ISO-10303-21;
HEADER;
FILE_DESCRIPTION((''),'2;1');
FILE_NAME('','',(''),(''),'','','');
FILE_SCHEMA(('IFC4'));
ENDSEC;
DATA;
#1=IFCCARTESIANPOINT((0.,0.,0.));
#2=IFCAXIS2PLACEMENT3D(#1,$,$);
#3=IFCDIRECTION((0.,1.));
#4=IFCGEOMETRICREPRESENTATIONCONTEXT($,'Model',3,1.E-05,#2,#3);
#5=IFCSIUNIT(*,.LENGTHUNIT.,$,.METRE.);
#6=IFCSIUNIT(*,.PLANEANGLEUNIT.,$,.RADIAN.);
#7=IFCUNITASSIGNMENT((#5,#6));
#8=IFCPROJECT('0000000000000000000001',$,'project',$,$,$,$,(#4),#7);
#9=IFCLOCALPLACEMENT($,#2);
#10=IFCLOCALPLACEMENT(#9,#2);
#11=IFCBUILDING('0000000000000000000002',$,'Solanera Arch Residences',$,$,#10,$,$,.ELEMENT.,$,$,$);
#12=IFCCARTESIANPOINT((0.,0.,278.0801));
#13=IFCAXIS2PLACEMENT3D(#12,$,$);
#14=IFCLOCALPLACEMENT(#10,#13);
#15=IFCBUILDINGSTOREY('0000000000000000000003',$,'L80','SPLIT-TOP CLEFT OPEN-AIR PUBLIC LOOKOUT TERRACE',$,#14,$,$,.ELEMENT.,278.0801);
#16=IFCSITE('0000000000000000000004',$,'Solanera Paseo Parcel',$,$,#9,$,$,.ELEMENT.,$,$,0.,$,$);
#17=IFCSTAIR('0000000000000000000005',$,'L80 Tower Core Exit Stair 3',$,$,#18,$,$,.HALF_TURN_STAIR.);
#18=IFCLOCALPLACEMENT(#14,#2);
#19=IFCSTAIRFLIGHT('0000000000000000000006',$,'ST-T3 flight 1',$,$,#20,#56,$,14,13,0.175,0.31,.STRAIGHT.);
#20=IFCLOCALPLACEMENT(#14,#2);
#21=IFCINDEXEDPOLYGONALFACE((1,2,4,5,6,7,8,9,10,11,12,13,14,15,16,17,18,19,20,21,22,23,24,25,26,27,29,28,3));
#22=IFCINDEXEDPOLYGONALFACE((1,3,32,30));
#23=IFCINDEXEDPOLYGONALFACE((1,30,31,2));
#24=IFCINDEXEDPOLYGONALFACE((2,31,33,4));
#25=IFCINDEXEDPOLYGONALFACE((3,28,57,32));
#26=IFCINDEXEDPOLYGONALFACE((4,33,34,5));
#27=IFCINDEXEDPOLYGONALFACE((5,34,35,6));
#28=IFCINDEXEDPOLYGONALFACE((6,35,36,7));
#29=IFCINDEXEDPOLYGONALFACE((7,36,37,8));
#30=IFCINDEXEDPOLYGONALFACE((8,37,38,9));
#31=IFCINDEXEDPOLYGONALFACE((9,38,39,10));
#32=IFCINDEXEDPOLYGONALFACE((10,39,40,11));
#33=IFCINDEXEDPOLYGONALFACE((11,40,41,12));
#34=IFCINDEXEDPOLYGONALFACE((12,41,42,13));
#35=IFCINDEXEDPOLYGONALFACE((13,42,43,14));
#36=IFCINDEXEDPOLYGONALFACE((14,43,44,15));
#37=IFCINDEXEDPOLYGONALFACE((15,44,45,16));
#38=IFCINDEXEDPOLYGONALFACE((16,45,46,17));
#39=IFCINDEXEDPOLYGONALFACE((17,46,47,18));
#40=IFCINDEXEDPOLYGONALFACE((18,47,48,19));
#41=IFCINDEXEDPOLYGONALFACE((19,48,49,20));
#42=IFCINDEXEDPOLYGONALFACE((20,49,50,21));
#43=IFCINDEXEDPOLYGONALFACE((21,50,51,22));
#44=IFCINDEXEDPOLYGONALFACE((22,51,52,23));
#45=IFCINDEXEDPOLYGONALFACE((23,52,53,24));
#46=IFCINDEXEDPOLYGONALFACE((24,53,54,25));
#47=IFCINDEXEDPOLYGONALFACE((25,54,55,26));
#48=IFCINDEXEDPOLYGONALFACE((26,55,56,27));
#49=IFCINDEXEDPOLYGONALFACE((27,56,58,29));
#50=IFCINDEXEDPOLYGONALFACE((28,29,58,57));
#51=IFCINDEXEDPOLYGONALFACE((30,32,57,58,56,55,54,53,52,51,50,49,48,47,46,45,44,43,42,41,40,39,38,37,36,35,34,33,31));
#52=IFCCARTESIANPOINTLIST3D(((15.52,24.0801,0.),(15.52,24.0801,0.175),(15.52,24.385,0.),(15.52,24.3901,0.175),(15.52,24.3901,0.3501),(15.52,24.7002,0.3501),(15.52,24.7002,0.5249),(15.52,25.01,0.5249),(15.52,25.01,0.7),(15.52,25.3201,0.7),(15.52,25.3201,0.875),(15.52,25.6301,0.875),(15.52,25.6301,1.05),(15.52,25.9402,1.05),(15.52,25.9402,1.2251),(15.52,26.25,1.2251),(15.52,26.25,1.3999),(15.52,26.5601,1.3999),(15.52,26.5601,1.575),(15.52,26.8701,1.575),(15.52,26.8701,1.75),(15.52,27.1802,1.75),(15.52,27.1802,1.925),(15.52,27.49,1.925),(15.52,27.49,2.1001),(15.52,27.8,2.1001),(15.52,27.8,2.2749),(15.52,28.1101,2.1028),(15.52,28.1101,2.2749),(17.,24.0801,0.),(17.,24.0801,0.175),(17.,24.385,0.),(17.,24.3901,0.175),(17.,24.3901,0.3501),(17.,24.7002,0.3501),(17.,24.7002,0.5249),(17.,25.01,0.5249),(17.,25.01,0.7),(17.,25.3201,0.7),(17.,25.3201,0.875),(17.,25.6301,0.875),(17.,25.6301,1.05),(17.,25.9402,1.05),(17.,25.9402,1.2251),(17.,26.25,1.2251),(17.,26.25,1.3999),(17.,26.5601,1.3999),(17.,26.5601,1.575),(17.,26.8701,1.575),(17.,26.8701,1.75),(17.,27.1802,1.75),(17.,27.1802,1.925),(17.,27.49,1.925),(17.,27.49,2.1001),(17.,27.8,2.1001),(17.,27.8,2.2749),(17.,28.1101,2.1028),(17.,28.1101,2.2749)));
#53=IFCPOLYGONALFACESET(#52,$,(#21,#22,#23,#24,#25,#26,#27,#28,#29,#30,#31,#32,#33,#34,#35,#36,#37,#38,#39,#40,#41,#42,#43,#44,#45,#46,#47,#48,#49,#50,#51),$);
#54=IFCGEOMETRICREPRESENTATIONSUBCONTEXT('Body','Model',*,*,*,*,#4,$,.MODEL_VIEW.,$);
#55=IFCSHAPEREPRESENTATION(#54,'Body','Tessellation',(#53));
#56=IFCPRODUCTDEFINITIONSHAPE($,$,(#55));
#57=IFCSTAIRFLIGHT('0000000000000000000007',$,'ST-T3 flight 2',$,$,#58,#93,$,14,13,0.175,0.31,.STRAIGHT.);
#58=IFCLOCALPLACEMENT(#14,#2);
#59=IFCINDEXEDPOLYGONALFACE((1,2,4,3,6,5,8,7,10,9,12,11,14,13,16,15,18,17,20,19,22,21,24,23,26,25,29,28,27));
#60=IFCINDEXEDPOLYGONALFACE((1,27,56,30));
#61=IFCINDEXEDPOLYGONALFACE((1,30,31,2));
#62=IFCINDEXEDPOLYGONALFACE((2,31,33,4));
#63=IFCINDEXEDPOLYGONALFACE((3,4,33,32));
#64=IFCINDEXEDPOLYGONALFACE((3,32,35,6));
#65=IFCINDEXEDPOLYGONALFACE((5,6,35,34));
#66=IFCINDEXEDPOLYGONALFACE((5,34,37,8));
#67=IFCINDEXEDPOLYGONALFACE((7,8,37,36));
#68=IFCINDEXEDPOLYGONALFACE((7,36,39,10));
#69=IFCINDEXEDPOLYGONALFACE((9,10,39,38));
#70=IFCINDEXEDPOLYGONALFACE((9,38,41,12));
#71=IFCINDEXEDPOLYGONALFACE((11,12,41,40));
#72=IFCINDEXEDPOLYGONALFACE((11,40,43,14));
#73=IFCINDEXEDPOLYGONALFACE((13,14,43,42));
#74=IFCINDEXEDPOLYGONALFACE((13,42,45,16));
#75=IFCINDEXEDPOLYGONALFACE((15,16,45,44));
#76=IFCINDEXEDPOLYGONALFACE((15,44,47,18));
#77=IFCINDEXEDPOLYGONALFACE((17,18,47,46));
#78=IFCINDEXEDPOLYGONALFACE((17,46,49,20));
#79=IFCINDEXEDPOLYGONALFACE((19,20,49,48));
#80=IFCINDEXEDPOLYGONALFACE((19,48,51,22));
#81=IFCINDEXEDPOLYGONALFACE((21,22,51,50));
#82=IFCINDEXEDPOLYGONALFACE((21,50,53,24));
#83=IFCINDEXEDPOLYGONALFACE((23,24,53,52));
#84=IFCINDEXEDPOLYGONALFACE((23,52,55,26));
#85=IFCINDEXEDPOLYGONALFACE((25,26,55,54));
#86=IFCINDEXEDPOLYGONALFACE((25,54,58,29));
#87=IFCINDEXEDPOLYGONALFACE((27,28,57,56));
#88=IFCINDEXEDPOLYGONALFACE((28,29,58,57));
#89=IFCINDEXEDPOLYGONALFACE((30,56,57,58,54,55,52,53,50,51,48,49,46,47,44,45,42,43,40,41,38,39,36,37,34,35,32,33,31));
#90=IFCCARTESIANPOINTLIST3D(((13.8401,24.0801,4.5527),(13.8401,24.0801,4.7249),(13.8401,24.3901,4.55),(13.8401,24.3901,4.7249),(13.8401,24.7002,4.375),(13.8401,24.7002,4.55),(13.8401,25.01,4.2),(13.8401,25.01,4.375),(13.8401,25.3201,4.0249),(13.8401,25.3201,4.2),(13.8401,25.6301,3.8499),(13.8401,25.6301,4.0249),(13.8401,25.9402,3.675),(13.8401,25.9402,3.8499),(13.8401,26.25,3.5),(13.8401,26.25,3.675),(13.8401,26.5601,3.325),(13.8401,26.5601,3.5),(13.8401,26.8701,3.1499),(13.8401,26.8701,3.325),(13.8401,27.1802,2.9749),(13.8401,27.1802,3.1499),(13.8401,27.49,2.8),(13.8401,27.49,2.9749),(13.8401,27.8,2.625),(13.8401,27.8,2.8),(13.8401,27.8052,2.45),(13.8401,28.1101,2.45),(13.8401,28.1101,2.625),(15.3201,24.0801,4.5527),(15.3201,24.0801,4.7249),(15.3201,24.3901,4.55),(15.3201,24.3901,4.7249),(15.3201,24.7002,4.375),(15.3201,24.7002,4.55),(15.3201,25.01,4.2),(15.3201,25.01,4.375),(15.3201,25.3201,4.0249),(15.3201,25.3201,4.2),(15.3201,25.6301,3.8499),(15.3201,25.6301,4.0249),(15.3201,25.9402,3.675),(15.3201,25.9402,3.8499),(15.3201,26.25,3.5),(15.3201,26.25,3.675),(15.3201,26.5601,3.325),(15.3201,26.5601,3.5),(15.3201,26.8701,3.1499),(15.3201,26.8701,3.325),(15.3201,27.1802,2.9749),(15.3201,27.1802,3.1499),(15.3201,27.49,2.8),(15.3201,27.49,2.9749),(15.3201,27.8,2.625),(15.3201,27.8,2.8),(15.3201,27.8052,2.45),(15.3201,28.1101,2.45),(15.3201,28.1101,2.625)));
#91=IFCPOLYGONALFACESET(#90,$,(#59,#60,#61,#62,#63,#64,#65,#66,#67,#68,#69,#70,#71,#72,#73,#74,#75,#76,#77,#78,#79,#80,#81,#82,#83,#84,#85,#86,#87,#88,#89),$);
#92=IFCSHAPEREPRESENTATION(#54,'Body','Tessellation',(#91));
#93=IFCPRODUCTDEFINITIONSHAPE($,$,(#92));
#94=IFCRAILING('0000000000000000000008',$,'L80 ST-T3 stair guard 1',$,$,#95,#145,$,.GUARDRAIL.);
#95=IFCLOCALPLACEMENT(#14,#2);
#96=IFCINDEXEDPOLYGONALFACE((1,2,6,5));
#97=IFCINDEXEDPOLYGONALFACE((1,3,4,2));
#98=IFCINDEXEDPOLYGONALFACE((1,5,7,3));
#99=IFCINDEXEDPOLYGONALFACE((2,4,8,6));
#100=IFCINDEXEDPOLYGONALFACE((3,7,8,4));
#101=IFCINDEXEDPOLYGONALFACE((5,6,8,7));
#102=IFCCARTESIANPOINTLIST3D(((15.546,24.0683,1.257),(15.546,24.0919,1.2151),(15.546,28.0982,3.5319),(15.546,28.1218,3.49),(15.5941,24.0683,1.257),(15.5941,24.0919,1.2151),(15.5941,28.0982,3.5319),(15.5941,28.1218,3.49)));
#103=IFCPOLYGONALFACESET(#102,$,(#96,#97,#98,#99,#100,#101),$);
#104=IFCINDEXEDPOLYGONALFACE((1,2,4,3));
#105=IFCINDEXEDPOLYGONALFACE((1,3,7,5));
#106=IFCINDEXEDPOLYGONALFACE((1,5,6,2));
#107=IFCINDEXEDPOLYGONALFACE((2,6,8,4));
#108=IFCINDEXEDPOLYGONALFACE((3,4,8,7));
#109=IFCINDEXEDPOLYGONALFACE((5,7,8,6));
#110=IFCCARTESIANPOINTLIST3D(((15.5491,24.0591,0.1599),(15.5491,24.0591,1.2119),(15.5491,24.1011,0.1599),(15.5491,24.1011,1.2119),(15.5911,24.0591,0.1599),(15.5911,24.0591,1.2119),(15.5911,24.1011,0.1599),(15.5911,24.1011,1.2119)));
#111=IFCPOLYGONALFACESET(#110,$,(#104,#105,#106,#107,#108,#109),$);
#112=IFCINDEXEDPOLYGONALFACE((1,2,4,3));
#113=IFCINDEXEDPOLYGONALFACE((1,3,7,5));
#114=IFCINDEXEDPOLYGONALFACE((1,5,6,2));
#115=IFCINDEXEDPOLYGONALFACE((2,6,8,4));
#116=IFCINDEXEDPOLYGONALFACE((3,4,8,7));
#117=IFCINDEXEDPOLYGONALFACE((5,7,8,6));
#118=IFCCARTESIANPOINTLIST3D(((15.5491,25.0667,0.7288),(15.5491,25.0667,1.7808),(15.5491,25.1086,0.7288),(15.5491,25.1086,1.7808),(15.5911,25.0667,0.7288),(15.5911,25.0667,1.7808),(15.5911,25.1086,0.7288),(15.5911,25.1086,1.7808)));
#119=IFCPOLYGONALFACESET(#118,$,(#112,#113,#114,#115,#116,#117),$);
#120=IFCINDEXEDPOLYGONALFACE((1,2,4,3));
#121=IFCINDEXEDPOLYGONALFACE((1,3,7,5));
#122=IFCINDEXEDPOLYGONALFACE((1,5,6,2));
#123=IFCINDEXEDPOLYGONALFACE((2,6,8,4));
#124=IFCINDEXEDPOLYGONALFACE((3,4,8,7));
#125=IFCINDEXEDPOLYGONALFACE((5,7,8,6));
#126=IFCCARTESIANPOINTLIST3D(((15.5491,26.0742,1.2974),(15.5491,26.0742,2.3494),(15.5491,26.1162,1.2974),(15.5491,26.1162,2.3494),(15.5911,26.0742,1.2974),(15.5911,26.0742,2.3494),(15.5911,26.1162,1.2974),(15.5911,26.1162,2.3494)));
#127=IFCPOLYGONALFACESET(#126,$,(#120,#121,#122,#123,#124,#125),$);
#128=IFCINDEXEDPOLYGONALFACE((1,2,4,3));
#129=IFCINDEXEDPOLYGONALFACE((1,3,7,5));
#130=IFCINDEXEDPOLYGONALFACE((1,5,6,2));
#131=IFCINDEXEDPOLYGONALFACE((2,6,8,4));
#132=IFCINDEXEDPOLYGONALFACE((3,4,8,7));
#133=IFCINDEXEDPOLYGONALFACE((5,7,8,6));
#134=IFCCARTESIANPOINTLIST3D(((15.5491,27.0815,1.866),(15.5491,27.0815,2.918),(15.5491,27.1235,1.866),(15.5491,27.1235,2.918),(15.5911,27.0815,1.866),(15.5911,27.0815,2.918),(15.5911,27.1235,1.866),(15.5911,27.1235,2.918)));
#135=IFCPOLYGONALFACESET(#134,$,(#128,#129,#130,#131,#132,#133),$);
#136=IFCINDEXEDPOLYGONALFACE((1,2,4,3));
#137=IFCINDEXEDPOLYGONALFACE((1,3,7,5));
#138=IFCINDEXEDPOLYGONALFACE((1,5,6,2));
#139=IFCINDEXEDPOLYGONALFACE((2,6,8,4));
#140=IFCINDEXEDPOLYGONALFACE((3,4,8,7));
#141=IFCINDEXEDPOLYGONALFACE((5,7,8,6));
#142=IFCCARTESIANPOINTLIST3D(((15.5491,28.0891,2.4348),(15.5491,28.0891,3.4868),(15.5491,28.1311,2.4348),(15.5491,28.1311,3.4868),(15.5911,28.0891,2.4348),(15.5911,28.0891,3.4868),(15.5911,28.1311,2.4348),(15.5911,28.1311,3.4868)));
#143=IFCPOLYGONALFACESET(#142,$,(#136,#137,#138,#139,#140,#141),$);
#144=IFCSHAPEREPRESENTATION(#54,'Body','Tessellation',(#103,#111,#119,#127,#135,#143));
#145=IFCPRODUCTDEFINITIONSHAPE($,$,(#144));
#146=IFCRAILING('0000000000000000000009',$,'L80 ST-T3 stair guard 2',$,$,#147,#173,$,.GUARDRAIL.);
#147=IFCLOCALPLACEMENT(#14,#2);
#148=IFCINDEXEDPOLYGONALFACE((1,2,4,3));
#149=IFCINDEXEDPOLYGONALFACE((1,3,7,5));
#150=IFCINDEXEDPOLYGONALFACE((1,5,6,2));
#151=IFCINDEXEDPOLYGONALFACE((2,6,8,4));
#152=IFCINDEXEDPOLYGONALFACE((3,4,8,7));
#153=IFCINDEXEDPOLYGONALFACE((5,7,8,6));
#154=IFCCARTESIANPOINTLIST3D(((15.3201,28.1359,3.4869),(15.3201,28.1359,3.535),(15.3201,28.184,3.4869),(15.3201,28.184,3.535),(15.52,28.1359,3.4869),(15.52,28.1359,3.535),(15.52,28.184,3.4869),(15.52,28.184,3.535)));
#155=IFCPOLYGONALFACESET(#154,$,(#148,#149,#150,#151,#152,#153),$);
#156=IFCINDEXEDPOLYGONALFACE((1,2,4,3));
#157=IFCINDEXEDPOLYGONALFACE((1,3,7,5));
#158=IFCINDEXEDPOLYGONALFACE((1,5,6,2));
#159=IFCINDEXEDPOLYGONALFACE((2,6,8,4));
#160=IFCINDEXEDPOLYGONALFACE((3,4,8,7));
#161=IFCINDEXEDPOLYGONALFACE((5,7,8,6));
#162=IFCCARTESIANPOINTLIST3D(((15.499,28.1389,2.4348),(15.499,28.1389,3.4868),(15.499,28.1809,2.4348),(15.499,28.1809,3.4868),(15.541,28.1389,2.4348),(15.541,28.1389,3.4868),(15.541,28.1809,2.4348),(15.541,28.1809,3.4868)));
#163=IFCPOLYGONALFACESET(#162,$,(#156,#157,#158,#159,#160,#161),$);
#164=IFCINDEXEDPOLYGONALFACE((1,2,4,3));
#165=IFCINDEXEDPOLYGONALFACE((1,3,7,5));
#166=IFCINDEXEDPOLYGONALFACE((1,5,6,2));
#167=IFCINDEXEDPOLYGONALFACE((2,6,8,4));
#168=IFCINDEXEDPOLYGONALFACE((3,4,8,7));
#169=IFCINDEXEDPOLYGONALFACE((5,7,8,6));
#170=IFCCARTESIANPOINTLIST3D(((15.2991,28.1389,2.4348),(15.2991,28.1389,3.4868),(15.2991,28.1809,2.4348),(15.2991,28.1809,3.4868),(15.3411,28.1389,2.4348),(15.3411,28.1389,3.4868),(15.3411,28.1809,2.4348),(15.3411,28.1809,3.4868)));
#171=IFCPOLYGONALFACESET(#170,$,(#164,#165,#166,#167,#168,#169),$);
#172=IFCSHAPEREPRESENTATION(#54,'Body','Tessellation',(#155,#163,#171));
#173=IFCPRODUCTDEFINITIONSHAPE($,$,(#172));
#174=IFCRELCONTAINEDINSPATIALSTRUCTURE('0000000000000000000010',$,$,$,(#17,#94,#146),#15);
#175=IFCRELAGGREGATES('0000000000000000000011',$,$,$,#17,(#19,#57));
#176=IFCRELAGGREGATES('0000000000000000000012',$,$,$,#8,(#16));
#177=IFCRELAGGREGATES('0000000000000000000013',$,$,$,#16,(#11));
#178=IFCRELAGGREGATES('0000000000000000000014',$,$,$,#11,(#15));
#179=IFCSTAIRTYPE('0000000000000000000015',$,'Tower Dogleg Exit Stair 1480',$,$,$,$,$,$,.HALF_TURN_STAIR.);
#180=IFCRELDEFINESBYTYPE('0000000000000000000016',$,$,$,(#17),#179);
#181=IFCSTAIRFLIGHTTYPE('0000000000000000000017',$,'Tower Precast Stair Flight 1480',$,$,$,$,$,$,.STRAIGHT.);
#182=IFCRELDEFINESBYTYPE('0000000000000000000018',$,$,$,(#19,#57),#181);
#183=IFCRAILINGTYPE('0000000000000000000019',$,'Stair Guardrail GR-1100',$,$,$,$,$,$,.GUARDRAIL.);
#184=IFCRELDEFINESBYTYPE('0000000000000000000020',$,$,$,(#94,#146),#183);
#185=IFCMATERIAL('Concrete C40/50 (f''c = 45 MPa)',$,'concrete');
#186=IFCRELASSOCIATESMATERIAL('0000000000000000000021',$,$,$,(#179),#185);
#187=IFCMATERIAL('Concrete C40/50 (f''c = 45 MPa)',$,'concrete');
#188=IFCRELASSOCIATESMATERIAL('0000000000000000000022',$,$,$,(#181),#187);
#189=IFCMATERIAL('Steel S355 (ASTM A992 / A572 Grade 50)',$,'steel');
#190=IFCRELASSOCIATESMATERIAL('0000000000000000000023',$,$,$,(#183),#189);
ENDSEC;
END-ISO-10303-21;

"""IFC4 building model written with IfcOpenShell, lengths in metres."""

from ifc_helpers import new_model, si_unit, direction, frame, origin, origin_2d, place, context, subcontext, project, spatial, polyline, rectangle, outline, extrude, material, type_object, element, aggregate, save


model = new_model("IFC4")

# Units and contexts
model_context = context("Model", 3, precision=1e-05, world=origin(), true_north=direction((0.0, 1.0)))
body_context = subcontext(model_context, "Body", "Model", "MODEL_VIEW")
ifc_project = project(units=[si_unit("LENGTHUNIT", "METRE"), si_unit("PLANEANGLEUNIT", "RADIAN")], contexts=[model_context])

# Site, building, storey
site_placement = place(None, origin())
site = spatial("IfcSite", under=ifc_project, at=site_placement, Name="Solanera Paseo Parcel", CompositionType="ELEMENT", RefElevation=0.0)
building_placement = place(site_placement, origin())
building = spatial("IfcBuilding", under=site, at=building_placement, Name="Solanera Arch Residences", CompositionType="ELEMENT")
storey_placement = place(building_placement, frame((0.0, 0.0, 278.0801)))
storey = spatial("IfcBuildingStorey", under=building, at=storey_placement, Name="L80", Description="SPLIT-TOP CLEFT OPEN-AIR PUBLIC LOOKOUT TERRACE", CompositionType="ELEMENT", Elevation=278.0801)

# Stair, stair flights
ifc_material_1 = material(Name="Concrete C40/50 (f'c = 45 MPa)", Category="concrete")
stair_type = type_object("IfcStairType", Name="Tower Dogleg Exit Stair 1480", PredefinedType="HALF_TURN_STAIR", material=ifc_material_1)
stair_placement = place(storey_placement, origin())
stair = element("IfcStair", 1, at=stair_placement, inside=storey, type_object=stair_type, Name="L80 Tower Core Exit Stair 3", PredefinedType="HALF_TURN_STAIR")
ifc_material_2 = material(Name="Concrete C40/50 (f'c = 45 MPa)", Category="concrete")
stair_flight_type = type_object("IfcStairFlightType", Name="Tower Precast Stair Flight 1480", PredefinedType="STRAIGHT", material=ifc_material_2)
stair_flight_1_placement = place(storey_placement, frame((16.26, 24.0801, 0.0), z_axis=(0.0, 0.0, 1.0), x_axis=(0.0, 1.0, 0.0)))
stair_flight_1 = element("IfcStairFlight", 2, at=stair_flight_1_placement, type_object=stair_flight_type, Name="ST-T3 flight 1", NumberOfRisers=14, NumberOfTreads=13, PredefinedType="STRAIGHT", RiserHeight=0.175, TreadLength=0.31, context=body_context, shape_type="SweptSolid", body=[
    extrude(outline(polyline([(0.0, 0.0), (0.0, 0.175), (0.3101, 0.175), (0.3101, 0.3501), (0.6201, 0.3501), (0.6201, 0.5249), (0.9299, 0.5249), (0.9299, 0.7), (1.24, 0.7), (1.24, 0.875), (1.55, 0.875), (1.55, 1.05), (1.8601, 1.05), (1.8601, 1.2251), (2.1699, 1.2251), (2.1699, 1.3999), (2.48, 1.3999), (2.48, 1.575), (2.79, 1.575), (2.79, 1.75), (3.1001, 1.75), (3.1001, 1.925), (3.4099, 1.925), (3.4099, 2.1001), (3.72, 2.1001), (3.72, 2.2749), (4.03, 2.2749), (4.03, 2.45), (4.03, 2.1028), (0.3049, 0.0), (0.0, 0.0)])), frame((0.0, 0.74, 0.0), z_axis=(0.0, -1.0, 0.0), x_axis=(1.0, 0.0, 0.0)), (0.0, 0.0, 1.0), 1.48),
])
stair_flight_2_placement = place(storey_placement, frame((14.5801, 28.1101, 2.45), z_axis=(0.0, 0.0, 1.0), x_axis=(0.0, -1.0, 0.0)))
stair_flight_2 = element("IfcStairFlight", 3, at=stair_flight_2_placement, type_object=stair_flight_type, Name="ST-T3 flight 2", NumberOfRisers=14, NumberOfTreads=13, PredefinedType="STRAIGHT", RiserHeight=0.175, TreadLength=0.31, context=body_context, shape_type="SweptSolid", body=[
    extrude(outline(polyline([(0.0, 0.0), (0.0, 0.175), (0.3101, 0.175), (0.3101, 0.3501), (0.6201, 0.3501), (0.6201, 0.5249), (0.9299, 0.5249), (0.9299, 0.7), (1.24, 0.7), (1.24, 0.875), (1.55, 0.875), (1.55, 1.05), (1.8601, 1.05), (1.8601, 1.2251), (2.1699, 1.2251), (2.1699, 1.3999), (2.48, 1.3999), (2.48, 1.575), (2.79, 1.575), (2.79, 1.75), (3.1001, 1.75), (3.1001, 1.925), (3.4099, 1.925), (3.4099, 2.1001), (3.72, 2.1001), (3.72, 2.2749), (4.03, 2.2749), (4.03, 2.45), (4.03, 2.1028), (0.3049, 0.0), (0.0, 0.0)])), frame((0.0, 0.74, 0.0), z_axis=(0.0, -1.0, 0.0), x_axis=(1.0, 0.0, 0.0)), (0.0, 0.0, 1.0), 1.48),
])
aggregate(stair, [stair_flight_1, stair_flight_2])

# Railings
ifc_material_3 = material(Name="Steel S355 (ASTM A992 / A572 Grade 50)", Category="steel")
railing_type_1 = type_object("IfcRailingType", Name="Stair Guardrail GR-1100", PredefinedType="GUARDRAIL", material=ifc_material_3)
railing_1_placement = place(storey_placement, frame((15.5701, 24.0801, 0.1599)))
element("IfcRailing", 4, at=railing_1_placement, inside=storey, type_object=railing_type_1, Name="L80 ST-T3 stair guard 1", PredefinedType="GUARDRAIL", context=body_context, shape_type="SweptSolid", body=[
    extrude(rectangle(XDim=0.0481, YDim=0.0481, at=origin_2d()), frame((0.0, 0.0, 1.0762), z_axis=(0.0, 0.870835, 0.491576), x_axis=(-1.0, 0.0, 0.0)), (0.0, 0.0, 1.0), 4.6277),
    extrude(rectangle(XDim=0.042, YDim=0.042, at=origin_2d()), origin(), (0.0, 0.0, 1.0), 1.052),
    extrude(rectangle(XDim=0.042, YDim=0.042, at=origin_2d()), frame((0.0, 1.0076, 0.5688)), (0.0, 0.0, 1.0), 1.052),
    extrude(rectangle(XDim=0.042, YDim=0.042, at=origin_2d()), frame((0.0, 2.0151, 1.1375)), (0.0, 0.0, 1.0), 1.052),
    extrude(rectangle(XDim=0.042, YDim=0.042, at=origin_2d()), frame((0.0, 3.0225, 1.7061)), (0.0, 0.0, 1.0), 1.052),
    extrude(rectangle(XDim=0.042, YDim=0.042, at=origin_2d()), frame((0.0, 4.03, 2.2749)), (0.0, 0.0, 1.0), 1.052),
])
railing_2_placement = place(storey_placement, frame((15.52, 28.1599, 2.4348)))
element("IfcRailing", 5, at=railing_2_placement, inside=storey, type_object=railing_type_1, Name="L80 ST-T3 stair guard 2", PredefinedType="GUARDRAIL", context=body_context, shape_type="SweptSolid", body=[
    extrude(rectangle(XDim=0.0481, YDim=0.0481, at=origin_2d()), frame((0.0, 0.0, 1.0762), z_axis=(-1.0, 0.0, 0.0), x_axis=(0.0, -1.0, 0.0)), (0.0, 0.0, 1.0), 0.2),
    extrude(rectangle(XDim=0.042, YDim=0.042, at=origin_2d()), origin(), (0.0, 0.0, 1.0), 1.052),
    extrude(rectangle(XDim=0.042, YDim=0.042, at=origin_2d()), frame((-0.2, 0.0, 0.0)), (0.0, 0.0, 1.0), 1.052),
])

save(model, "model.ifc")
